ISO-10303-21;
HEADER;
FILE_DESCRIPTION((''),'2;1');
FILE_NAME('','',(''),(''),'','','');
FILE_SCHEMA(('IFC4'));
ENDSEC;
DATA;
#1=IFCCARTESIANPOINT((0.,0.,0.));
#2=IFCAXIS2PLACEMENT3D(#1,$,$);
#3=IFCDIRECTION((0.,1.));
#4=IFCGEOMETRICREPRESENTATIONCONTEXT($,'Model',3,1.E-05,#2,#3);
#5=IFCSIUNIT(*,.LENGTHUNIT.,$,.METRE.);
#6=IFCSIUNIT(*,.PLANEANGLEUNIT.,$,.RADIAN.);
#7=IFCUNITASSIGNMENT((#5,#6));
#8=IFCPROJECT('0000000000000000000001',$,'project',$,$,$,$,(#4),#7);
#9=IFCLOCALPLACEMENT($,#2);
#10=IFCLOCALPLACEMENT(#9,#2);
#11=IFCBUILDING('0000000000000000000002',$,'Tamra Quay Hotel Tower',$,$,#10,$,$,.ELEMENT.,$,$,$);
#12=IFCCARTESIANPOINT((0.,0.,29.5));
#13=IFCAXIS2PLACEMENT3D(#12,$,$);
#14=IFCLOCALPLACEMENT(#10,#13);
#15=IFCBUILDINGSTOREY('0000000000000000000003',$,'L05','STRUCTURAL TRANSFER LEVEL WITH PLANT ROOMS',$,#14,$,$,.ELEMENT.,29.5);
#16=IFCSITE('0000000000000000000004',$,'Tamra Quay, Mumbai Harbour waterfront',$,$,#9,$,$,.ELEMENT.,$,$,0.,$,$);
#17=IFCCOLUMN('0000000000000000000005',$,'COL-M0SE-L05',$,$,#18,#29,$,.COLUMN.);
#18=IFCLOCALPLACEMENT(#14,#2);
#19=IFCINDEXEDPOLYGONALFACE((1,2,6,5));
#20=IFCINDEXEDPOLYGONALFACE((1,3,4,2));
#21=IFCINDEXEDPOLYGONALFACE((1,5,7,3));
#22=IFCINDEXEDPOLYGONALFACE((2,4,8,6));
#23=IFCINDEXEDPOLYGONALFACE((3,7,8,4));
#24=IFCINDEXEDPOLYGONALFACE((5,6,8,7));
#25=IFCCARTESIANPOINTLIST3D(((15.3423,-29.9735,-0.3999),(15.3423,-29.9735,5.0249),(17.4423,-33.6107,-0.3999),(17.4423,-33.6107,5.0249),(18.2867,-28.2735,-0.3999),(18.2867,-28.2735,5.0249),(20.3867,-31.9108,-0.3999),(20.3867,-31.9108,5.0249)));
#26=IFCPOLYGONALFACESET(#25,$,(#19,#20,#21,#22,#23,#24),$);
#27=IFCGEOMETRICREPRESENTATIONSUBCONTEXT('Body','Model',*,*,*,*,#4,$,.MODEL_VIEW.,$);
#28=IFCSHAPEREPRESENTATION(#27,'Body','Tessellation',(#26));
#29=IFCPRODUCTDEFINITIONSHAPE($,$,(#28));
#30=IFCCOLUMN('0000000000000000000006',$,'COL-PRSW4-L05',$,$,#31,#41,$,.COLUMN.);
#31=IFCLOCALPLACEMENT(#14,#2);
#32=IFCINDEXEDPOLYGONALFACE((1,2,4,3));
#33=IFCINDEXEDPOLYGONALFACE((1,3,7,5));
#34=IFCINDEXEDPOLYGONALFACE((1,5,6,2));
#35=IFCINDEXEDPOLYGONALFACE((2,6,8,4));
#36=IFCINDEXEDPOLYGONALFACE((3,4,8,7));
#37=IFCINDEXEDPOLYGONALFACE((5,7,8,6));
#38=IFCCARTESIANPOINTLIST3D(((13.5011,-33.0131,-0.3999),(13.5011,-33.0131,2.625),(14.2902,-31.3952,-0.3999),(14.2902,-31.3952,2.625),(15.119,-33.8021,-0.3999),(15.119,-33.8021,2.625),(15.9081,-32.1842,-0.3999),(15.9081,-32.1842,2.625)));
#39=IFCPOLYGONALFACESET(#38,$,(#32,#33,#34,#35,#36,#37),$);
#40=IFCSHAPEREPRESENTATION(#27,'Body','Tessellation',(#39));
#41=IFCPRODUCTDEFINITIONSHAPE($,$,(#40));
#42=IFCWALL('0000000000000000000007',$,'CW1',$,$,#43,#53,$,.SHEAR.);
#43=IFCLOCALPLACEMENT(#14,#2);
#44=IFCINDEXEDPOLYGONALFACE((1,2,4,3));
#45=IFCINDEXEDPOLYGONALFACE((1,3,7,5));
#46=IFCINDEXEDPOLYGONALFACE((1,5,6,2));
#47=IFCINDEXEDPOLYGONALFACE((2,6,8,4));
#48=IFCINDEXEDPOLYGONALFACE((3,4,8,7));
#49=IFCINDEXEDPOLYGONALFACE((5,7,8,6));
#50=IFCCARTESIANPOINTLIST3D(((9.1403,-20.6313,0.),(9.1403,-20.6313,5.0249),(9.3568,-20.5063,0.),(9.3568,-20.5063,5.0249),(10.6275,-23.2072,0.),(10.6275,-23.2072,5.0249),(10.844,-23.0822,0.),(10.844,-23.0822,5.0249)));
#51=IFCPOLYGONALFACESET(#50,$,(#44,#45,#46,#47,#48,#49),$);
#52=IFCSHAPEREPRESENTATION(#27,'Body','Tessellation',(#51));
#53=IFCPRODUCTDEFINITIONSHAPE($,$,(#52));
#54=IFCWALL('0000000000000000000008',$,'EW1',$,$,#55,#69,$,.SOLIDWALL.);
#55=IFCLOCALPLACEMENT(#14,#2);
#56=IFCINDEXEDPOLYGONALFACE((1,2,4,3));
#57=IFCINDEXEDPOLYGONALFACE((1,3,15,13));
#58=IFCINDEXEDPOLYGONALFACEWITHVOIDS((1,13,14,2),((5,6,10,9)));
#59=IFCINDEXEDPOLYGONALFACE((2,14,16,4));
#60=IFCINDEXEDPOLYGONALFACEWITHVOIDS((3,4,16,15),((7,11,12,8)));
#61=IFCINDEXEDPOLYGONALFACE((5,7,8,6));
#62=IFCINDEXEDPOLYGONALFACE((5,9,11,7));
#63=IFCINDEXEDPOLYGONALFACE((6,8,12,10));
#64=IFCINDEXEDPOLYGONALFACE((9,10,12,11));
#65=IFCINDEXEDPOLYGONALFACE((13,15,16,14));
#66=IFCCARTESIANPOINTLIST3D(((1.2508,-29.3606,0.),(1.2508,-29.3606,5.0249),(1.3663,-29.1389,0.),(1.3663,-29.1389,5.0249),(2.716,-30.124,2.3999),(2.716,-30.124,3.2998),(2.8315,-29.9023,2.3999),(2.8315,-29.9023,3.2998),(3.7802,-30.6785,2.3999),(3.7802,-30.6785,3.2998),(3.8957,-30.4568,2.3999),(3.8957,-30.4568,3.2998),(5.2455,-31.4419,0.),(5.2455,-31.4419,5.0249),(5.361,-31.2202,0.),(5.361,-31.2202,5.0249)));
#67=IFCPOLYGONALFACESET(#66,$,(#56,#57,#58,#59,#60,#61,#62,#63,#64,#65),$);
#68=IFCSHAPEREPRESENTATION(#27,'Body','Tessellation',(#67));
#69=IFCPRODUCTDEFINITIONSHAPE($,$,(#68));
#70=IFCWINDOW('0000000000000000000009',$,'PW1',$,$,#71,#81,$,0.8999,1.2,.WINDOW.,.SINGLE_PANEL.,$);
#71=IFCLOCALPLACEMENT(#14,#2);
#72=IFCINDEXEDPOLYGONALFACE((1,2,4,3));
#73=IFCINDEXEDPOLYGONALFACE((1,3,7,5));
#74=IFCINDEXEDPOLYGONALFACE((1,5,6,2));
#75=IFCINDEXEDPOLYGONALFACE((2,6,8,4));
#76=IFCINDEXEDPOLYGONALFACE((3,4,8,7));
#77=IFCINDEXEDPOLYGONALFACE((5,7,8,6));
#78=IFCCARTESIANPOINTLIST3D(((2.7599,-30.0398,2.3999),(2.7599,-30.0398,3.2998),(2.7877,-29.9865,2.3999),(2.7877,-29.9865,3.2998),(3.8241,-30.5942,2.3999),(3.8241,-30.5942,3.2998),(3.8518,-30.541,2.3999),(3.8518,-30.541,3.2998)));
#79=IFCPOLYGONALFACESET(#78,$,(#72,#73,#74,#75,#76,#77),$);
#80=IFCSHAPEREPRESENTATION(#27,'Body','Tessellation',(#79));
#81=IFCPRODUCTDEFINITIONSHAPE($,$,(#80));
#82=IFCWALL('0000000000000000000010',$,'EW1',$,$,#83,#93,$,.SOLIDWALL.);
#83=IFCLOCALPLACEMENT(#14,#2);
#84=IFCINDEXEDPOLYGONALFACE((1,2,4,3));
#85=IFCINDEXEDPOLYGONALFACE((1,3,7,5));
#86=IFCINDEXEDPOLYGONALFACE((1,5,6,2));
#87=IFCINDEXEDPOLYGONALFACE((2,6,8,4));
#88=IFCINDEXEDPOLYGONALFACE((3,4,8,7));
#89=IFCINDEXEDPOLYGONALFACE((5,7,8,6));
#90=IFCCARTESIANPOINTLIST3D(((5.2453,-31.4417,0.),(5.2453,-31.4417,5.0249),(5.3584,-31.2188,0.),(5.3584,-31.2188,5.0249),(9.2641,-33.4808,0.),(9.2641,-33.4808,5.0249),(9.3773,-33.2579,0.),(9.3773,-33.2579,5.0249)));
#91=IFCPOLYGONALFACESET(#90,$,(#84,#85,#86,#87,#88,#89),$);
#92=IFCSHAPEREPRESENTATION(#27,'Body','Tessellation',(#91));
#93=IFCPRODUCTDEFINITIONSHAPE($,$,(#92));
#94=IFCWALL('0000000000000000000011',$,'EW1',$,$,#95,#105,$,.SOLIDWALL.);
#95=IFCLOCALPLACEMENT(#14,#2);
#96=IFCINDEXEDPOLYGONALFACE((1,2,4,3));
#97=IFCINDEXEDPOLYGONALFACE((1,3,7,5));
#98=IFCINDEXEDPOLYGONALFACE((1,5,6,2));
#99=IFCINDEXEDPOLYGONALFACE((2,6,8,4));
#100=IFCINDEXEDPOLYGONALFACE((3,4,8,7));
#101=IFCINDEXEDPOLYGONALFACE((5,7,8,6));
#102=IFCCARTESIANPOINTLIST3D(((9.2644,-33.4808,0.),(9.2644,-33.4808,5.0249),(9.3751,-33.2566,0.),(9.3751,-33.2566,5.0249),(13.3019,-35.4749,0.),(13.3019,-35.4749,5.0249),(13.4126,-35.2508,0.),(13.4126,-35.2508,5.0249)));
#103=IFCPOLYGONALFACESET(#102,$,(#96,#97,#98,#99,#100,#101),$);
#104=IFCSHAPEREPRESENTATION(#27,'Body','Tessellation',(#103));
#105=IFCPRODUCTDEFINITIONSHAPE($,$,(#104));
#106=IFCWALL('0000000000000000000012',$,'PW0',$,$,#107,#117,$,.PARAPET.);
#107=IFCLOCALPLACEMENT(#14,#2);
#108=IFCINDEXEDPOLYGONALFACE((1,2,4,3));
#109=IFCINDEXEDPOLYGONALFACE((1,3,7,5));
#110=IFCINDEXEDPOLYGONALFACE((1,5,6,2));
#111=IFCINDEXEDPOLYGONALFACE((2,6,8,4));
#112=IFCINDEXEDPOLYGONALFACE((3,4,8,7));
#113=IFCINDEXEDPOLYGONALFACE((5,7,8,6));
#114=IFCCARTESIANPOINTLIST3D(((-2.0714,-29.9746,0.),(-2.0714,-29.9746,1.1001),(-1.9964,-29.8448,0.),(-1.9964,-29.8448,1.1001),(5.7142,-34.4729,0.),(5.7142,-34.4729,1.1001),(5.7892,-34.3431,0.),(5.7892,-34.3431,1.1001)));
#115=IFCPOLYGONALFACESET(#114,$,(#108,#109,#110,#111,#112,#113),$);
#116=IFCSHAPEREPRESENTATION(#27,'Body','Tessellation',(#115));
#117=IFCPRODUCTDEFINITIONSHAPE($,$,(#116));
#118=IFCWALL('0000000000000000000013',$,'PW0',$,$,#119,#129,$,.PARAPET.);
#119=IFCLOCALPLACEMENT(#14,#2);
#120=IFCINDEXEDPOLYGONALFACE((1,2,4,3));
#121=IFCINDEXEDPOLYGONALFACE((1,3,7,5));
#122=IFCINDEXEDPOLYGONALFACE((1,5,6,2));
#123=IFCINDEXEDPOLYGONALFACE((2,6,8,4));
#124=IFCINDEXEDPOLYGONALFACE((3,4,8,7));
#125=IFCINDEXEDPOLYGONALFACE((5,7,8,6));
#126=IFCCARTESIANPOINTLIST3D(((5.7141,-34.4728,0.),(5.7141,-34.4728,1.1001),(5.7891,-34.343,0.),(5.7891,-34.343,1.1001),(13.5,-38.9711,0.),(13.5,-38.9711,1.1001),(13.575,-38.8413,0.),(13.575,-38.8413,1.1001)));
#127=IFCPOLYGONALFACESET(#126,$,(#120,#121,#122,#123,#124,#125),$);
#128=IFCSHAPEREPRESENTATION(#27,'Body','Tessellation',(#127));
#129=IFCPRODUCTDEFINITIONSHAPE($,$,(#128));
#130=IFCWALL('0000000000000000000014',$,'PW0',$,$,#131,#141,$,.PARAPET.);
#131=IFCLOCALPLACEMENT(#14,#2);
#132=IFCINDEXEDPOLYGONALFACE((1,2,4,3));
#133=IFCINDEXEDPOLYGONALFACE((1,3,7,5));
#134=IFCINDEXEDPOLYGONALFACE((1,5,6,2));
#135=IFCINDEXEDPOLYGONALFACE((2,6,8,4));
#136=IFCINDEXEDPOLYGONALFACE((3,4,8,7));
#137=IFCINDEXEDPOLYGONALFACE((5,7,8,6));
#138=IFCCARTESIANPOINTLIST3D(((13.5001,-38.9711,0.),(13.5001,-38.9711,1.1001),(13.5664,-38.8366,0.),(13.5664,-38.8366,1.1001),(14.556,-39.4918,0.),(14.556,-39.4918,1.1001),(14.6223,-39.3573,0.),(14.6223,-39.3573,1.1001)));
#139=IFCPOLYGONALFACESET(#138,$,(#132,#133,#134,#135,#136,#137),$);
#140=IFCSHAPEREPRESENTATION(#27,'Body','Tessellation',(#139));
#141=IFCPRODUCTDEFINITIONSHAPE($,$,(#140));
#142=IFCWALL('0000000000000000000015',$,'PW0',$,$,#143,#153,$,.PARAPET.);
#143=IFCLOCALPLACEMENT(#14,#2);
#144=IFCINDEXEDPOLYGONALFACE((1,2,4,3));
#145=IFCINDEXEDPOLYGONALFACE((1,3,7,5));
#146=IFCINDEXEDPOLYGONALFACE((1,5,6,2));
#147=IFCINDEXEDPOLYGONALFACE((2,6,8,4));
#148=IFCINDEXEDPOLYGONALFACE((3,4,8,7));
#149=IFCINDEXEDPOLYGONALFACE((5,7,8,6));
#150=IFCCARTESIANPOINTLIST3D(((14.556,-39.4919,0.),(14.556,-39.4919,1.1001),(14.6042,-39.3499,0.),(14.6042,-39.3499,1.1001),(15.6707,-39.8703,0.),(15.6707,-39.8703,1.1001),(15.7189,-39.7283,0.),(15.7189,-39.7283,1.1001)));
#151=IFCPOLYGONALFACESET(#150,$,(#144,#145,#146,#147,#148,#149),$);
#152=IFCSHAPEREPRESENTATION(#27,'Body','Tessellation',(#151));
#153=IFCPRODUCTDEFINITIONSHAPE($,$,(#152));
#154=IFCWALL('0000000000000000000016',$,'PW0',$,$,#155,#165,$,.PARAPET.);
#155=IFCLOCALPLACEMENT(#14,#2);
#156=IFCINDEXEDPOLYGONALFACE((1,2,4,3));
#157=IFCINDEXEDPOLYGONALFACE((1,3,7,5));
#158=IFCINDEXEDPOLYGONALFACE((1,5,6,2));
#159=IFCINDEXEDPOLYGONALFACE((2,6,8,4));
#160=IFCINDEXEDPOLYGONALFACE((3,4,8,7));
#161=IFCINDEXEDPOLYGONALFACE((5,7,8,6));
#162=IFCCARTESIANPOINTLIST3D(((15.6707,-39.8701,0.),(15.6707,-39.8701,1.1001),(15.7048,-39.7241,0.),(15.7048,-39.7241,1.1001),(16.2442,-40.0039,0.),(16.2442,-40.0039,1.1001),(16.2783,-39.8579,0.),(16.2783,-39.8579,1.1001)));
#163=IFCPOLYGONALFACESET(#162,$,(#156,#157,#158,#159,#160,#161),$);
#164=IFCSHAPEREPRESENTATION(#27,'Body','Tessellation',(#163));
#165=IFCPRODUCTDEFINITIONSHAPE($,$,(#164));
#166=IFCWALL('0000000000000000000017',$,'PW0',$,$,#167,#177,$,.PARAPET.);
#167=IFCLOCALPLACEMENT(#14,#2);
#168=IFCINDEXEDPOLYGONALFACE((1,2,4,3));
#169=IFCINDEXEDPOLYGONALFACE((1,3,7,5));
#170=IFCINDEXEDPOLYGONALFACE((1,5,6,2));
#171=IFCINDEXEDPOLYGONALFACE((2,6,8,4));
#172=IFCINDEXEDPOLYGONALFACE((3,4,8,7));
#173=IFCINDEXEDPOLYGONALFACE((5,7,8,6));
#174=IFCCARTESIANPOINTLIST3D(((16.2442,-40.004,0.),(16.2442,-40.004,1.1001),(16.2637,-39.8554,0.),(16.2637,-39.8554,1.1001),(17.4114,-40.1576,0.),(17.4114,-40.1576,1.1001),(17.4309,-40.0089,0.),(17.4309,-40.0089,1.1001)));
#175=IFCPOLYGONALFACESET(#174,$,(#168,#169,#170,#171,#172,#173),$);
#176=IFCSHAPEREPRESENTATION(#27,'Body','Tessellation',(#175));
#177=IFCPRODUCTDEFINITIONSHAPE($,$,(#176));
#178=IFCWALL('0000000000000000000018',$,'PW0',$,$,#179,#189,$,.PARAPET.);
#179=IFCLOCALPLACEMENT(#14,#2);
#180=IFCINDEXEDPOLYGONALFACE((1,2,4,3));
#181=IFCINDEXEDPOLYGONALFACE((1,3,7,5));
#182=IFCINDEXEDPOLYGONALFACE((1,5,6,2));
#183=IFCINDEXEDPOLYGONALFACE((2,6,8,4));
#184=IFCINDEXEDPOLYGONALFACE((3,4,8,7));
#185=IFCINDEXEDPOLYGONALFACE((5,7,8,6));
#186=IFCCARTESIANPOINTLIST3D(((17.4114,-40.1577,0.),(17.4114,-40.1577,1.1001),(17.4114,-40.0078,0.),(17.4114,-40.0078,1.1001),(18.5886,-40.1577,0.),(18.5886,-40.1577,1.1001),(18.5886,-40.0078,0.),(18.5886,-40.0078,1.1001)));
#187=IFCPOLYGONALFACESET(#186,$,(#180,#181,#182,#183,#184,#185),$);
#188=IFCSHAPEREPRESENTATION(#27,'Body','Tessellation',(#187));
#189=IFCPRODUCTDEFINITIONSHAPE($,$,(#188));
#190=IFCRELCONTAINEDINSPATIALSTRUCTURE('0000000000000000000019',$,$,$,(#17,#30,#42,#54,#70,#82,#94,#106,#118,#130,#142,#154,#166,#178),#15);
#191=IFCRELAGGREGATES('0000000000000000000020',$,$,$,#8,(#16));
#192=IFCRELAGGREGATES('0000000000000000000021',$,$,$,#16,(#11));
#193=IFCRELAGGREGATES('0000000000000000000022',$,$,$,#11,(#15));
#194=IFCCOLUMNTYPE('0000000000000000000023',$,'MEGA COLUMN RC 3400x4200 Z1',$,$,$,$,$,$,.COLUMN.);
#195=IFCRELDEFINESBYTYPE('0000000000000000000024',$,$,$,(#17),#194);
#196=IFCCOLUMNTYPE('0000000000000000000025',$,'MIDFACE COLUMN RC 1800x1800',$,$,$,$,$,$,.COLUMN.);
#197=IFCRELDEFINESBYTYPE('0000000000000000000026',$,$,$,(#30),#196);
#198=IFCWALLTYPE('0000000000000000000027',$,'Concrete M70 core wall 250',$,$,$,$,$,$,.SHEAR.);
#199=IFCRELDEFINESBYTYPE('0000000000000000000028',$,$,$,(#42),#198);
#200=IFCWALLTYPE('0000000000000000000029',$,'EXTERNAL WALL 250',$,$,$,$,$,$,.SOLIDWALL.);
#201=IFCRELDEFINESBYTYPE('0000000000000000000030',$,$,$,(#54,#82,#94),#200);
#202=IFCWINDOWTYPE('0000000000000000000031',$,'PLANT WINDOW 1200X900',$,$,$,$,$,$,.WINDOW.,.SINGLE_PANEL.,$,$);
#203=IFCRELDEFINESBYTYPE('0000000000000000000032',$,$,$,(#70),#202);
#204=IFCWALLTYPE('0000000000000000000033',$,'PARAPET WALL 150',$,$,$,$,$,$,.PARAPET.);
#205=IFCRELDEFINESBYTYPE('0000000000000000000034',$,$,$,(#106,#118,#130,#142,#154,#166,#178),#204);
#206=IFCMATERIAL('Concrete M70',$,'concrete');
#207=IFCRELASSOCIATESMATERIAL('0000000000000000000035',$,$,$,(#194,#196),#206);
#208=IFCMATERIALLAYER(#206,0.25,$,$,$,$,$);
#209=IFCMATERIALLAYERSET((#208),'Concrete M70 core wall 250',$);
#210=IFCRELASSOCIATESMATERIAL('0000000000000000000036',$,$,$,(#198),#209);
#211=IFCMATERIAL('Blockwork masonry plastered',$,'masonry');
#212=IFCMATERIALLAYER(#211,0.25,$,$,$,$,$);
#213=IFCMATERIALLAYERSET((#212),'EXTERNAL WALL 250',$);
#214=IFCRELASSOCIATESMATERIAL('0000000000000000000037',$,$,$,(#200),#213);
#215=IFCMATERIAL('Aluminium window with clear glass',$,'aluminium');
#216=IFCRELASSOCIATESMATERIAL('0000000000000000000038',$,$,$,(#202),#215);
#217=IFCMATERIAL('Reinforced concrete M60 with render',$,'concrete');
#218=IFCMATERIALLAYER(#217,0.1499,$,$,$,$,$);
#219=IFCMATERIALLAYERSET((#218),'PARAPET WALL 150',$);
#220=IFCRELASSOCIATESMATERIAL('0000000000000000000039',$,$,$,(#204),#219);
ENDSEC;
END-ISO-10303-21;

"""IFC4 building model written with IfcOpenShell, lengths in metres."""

from ifc_helpers import new_model, si_unit, direction, frame, frame_2d, origin, origin_2d, place, context, subcontext, project, spatial, rectangle, extrude, material, layer, layer_set, material_profile, profile_set, type_object, element, fill, save


model = new_model("IFC4")

# Units and contexts
model_context = context("Model", 3, precision=1e-05, world=origin(), true_north=direction((0.0, 1.0)))
body_context = subcontext(model_context, "Body", "Model", "MODEL_VIEW")
ifc_project = project(units=[si_unit("LENGTHUNIT", "METRE"), si_unit("PLANEANGLEUNIT", "RADIAN")], contexts=[model_context])

# Site, building, storey
site_placement = place(None, origin())
site = spatial("IfcSite", under=ifc_project, at=site_placement, Name="Tamra Quay, Mumbai Harbour waterfront", CompositionType="ELEMENT", RefElevation=0.0)
building_placement = place(site_placement, origin())
building = spatial("IfcBuilding", under=site, at=building_placement, Name="Tamra Quay Hotel Tower", CompositionType="ELEMENT")
storey_placement = place(building_placement, frame((0.0, 0.0, 29.5)))
storey = spatial("IfcBuildingStorey", under=building, at=storey_placement, Name="L05", Description="STRUCTURAL TRANSFER LEVEL WITH PLANT ROOMS", CompositionType="ELEMENT", Elevation=29.5)

# Columns
ifc_material_1 = material(Name="Concrete M70", Category="concrete")
ifc_material_profile_1 = material_profile(ifc_material_1, rectangle(XDim=4.2, YDim=3.3999, at=origin_2d()), Name="MEGA COLUMN RC 3400x4200 Z1")
ifc_profile_set_1 = profile_set([ifc_material_profile_1], Name="Concrete M70")
column_type_1 = type_object("IfcColumnType", Name="MEGA COLUMN RC 3400x4200 Z1", PredefinedType="COLUMN", material=ifc_profile_set_1)
column_1_placement = place(storey_placement, frame((17.8645, -30.9421, -0.3999), z_axis=(0.0, 0.0, 1.0), x_axis=(-0.5, 0.866025, 0.0)))
element("IfcColumn", 1, at=column_1_placement, inside=storey, type_object=column_type_1, Name="COL-M0SE-L05", PredefinedType="COLUMN", context=body_context, shape_type="SweptSolid", body=[
    extrude(rectangle(XDim=4.2, YDim=3.3999, at=origin_2d()), origin(), (0.0, 0.0, 1.0), 5.4248),
])
ifc_material_profile_2 = material_profile(ifc_material_1, rectangle(XDim=1.8, YDim=1.8, at=origin_2d()), Name="MIDFACE COLUMN RC 1800x1800")
ifc_profile_set_2 = profile_set([ifc_material_profile_2], Name="Concrete M70")
column_type_2 = type_object("IfcColumnType", Name="MIDFACE COLUMN RC 1800x1800", PredefinedType="COLUMN", material=ifc_profile_set_2)
column_2_placement = place(storey_placement, frame((14.7046, -32.5986, -0.3999), z_axis=(0.0, 0.0, 1.0), x_axis=(0.438341, 0.898809, 0.0)))
element("IfcColumn", 2, at=column_2_placement, inside=storey, type_object=column_type_2, Name="COL-PRSW4-L05", PredefinedType="COLUMN", context=body_context, shape_type="SweptSolid", body=[
    extrude(rectangle(XDim=1.8, YDim=1.8, at=origin_2d()), origin(), (0.0, 0.0, 1.0), 3.0249),
])

# Wall
ifc_layer_1 = layer(ifc_material_1, 0.25)
ifc_layer_set_1 = layer_set([ifc_layer_1], Name="Concrete M70 core wall 250")
wall_type_1 = type_object("IfcWallType", Name="Concrete M70 core wall 250", PredefinedType="SHEAR", material=ifc_layer_set_1)
wall_1_placement = place(storey_placement, frame((10.7358, -23.1448, 0.0), z_axis=(0.0, 0.0, 1.0), x_axis=(-0.500023, 0.866012, 0.0)))
element("IfcWall", 3, at=wall_1_placement, inside=storey, type_object=wall_type_1, Name="CW1", PredefinedType="SHEAR", context=body_context, shape_type="SweptSolid", body=[
    extrude(rectangle(XDim=2.9744, YDim=0.25, at=frame_2d((1.4873, 0.0))), origin(), (0.0, 0.0, 1.0), 5.0249),
])

# Wall, opening, window
ifc_material_2 = material(Name="Blockwork masonry plastered", Category="masonry")
ifc_layer_2 = layer(ifc_material_2, 0.25)
ifc_layer_set_2 = layer_set([ifc_layer_2], Name="EXTERNAL WALL 250")
wall_type_2 = type_object("IfcWallType", Name="EXTERNAL WALL 250", PredefinedType="SOLIDWALL", material=ifc_layer_set_2)
wall_2_placement = place(storey_placement, frame((5.3032, -31.3311, 0.0), z_axis=(0.0, 0.0, 1.0), x_axis=(-0.886845, 0.462068, 0.0)))
wall_2 = element("IfcWall", 4, at=wall_2_placement, inside=storey, type_object=wall_type_2, Name="EW1", PredefinedType="SOLIDWALL", context=body_context, shape_type="SweptSolid", body=[
    extrude(rectangle(XDim=4.5044, YDim=0.25, at=frame_2d((2.2522, 0.0))), origin(), (0.0, 0.0, 1.0), 5.0249),
])
opening_placement = place(wall_2_placement, frame((1.6521, 0.0, 2.3999)))
opening = element("IfcOpeningElement", 5, at=opening_placement, cuts=wall_2, PredefinedType="OPENING", context=body_context, shape_type="SweptSolid", body=[
    extrude(rectangle(XDim=1.2, YDim=0.8999, at=frame_2d((0.6001, 0.45))), frame((0.0, 0.135, 0.0), z_axis=(0.0, -1.0, 0.0), x_axis=(1.0, 0.0, 0.0)), (0.0, 0.0, 1.0), 0.27),
])
ifc_material_3 = material(Name="Aluminium window with clear glass", Category="aluminium")
window_type = type_object("IfcWindowType", Name="PLANT WINDOW 1200X900", PartitioningType="SINGLE_PANEL", PredefinedType="WINDOW", material=ifc_material_3)
window_placement = place(opening_placement, origin())
window = element("IfcWindow", 6, at=window_placement, inside=storey, type_object=window_type, Name="PW1", OverallHeight=0.8999, OverallWidth=1.2, PartitioningType="SINGLE_PANEL", PredefinedType="WINDOW", context=body_context, shape_type="SweptSolid", body=[
    extrude(rectangle(XDim=1.2, YDim=0.8999, at=frame_2d((0.6001, 0.45))), frame((0.0, 0.03, 0.0), z_axis=(0.0, -1.0, 0.0), x_axis=(1.0, 0.0, 0.0)), (0.0, 0.0, 1.0), 0.0601),
])
fill(opening, window)

# Walls
wall_3_placement = place(storey_placement, frame((9.3208, -33.3694, 0.0), z_axis=(0.0, 0.0, 1.0), x_axis=(-0.891779, 0.452472, 0.0)))
element("IfcWall", 7, at=wall_3_placement, inside=storey, type_object=wall_type_2, Name="EW1", PredefinedType="SOLIDWALL", context=body_context, shape_type="SweptSolid", body=[
    extrude(rectangle(XDim=4.5066, YDim=0.25, at=frame_2d((2.2534, 0.0))), origin(), (0.0, 0.0, 1.0), 5.0249),
])
wall_4_placement = place(storey_placement, frame((13.3572, -35.3628, 0.0), z_axis=(0.0, 0.0, 1.0), x_axis=(-0.896607, 0.442828, 0.0)))
element("IfcWall", 8, at=wall_4_placement, inside=storey, type_object=wall_type_2, Name="EW1", PredefinedType="SOLIDWALL", context=body_context, shape_type="SweptSolid", body=[
    extrude(rectangle(XDim=4.5032, YDim=0.25, at=frame_2d((2.2515, 0.0))), origin(), (0.0, 0.0, 1.0), 5.0249),
])
ifc_material_4 = material(Name="Reinforced concrete M60 with render", Category="concrete")
ifc_layer_3 = layer(ifc_material_4, 0.1499)
ifc_layer_set_3 = layer_set([ifc_layer_3], Name="PARAPET WALL 150")
wall_type_3 = type_object("IfcWallType", Name="PARAPET WALL 150", PredefinedType="PARAPET", material=ifc_layer_set_3)
wall_5_placement = place(storey_placement, frame((5.7517, -34.408, 0.0), z_axis=(0.0, 0.0, 1.0), x_axis=(-0.865869, 0.500271, 0.0)))
element("IfcWall", 9, at=wall_5_placement, inside=storey, type_object=wall_type_3, Name="PW0", PredefinedType="PARAPET", context=body_context, shape_type="SweptSolid", body=[
    extrude(rectangle(XDim=8.9917, YDim=0.1499, at=frame_2d((4.4958, 0.0))), origin(), (0.0, 0.0, 1.0), 1.1001),
])
wall_6_placement = place(storey_placement, frame((13.5376, -38.9062, 0.0), z_axis=(0.0, 0.0, 1.0), x_axis=(-0.865876, 0.500259, 0.0)))
element("IfcWall", 10, at=wall_6_placement, inside=storey, type_object=wall_type_3, Name="PW0", PredefinedType="PARAPET", context=body_context, shape_type="SweptSolid", body=[
    extrude(rectangle(XDim=8.9919, YDim=0.1499, at=frame_2d((4.4961, 0.0))), origin(), (0.0, 0.0, 1.0), 1.1001),
])
for number, where, z_axis, x_axis, name in (
    (11, (14.5891, -39.4246, 0.0), (0.0, 0.0, 1.0), (-0.896861, 0.442313, 0.0), "PW0"),
    (12, (15.6948, -39.7993, 0.0), (0.0, 0.0, 1.0), (-0.946927, 0.321449, 0.0), "PW0"),
):
    element("IfcWall", number, at=place(storey_placement, frame(where, z_axis=z_axis, x_axis=x_axis)), inside=storey, type_object=wall_type_3, Name=name, PredefinedType="PARAPET", context=body_context, shape_type="SweptSolid", body=[
        extrude(rectangle(XDim=1.1772, YDim=0.1499, at=frame_2d((0.5886, 0.0))), origin(), (0.0, 0.0, 1.0), 1.1001),
    ])
wall_7_placement = place(storey_placement, frame((16.2612, -39.9309, 0.0), z_axis=(0.0, 0.0, 1.0), x_axis=(-0.97385, 0.22719, 0.0)))
element("IfcWall", 13, at=wall_7_placement, inside=storey, type_object=wall_type_3, Name="PW0", PredefinedType="PARAPET", context=body_context, shape_type="SweptSolid", body=[
    extrude(rectangle(XDim=0.5889, YDim=0.1499, at=frame_2d((0.2944, 0.0))), origin(), (0.0, 0.0, 1.0), 1.1001),
])
for number, where, z_axis, x_axis, name in (
    (14, (17.4211, -40.0833, 0.0), (0.0, 0.0, 1.0), (-0.991456, 0.130438, 0.0), "PW0"),
    (15, (18.5886, -40.0828, 0.0), (0.0, 0.0, 1.0), (-1.0, 0.0, 0.0), "PW0"),
):
    element("IfcWall", number, at=place(storey_placement, frame(where, z_axis=z_axis, x_axis=x_axis)), inside=storey, type_object=wall_type_3, Name=name, PredefinedType="PARAPET", context=body_context, shape_type="SweptSolid", body=[
        extrude(rectangle(XDim=1.1772, YDim=0.1499, at=frame_2d((0.5886, 0.0))), origin(), (0.0, 0.0, 1.0), 1.1001),
    ])

save(model, "model.ifc")
